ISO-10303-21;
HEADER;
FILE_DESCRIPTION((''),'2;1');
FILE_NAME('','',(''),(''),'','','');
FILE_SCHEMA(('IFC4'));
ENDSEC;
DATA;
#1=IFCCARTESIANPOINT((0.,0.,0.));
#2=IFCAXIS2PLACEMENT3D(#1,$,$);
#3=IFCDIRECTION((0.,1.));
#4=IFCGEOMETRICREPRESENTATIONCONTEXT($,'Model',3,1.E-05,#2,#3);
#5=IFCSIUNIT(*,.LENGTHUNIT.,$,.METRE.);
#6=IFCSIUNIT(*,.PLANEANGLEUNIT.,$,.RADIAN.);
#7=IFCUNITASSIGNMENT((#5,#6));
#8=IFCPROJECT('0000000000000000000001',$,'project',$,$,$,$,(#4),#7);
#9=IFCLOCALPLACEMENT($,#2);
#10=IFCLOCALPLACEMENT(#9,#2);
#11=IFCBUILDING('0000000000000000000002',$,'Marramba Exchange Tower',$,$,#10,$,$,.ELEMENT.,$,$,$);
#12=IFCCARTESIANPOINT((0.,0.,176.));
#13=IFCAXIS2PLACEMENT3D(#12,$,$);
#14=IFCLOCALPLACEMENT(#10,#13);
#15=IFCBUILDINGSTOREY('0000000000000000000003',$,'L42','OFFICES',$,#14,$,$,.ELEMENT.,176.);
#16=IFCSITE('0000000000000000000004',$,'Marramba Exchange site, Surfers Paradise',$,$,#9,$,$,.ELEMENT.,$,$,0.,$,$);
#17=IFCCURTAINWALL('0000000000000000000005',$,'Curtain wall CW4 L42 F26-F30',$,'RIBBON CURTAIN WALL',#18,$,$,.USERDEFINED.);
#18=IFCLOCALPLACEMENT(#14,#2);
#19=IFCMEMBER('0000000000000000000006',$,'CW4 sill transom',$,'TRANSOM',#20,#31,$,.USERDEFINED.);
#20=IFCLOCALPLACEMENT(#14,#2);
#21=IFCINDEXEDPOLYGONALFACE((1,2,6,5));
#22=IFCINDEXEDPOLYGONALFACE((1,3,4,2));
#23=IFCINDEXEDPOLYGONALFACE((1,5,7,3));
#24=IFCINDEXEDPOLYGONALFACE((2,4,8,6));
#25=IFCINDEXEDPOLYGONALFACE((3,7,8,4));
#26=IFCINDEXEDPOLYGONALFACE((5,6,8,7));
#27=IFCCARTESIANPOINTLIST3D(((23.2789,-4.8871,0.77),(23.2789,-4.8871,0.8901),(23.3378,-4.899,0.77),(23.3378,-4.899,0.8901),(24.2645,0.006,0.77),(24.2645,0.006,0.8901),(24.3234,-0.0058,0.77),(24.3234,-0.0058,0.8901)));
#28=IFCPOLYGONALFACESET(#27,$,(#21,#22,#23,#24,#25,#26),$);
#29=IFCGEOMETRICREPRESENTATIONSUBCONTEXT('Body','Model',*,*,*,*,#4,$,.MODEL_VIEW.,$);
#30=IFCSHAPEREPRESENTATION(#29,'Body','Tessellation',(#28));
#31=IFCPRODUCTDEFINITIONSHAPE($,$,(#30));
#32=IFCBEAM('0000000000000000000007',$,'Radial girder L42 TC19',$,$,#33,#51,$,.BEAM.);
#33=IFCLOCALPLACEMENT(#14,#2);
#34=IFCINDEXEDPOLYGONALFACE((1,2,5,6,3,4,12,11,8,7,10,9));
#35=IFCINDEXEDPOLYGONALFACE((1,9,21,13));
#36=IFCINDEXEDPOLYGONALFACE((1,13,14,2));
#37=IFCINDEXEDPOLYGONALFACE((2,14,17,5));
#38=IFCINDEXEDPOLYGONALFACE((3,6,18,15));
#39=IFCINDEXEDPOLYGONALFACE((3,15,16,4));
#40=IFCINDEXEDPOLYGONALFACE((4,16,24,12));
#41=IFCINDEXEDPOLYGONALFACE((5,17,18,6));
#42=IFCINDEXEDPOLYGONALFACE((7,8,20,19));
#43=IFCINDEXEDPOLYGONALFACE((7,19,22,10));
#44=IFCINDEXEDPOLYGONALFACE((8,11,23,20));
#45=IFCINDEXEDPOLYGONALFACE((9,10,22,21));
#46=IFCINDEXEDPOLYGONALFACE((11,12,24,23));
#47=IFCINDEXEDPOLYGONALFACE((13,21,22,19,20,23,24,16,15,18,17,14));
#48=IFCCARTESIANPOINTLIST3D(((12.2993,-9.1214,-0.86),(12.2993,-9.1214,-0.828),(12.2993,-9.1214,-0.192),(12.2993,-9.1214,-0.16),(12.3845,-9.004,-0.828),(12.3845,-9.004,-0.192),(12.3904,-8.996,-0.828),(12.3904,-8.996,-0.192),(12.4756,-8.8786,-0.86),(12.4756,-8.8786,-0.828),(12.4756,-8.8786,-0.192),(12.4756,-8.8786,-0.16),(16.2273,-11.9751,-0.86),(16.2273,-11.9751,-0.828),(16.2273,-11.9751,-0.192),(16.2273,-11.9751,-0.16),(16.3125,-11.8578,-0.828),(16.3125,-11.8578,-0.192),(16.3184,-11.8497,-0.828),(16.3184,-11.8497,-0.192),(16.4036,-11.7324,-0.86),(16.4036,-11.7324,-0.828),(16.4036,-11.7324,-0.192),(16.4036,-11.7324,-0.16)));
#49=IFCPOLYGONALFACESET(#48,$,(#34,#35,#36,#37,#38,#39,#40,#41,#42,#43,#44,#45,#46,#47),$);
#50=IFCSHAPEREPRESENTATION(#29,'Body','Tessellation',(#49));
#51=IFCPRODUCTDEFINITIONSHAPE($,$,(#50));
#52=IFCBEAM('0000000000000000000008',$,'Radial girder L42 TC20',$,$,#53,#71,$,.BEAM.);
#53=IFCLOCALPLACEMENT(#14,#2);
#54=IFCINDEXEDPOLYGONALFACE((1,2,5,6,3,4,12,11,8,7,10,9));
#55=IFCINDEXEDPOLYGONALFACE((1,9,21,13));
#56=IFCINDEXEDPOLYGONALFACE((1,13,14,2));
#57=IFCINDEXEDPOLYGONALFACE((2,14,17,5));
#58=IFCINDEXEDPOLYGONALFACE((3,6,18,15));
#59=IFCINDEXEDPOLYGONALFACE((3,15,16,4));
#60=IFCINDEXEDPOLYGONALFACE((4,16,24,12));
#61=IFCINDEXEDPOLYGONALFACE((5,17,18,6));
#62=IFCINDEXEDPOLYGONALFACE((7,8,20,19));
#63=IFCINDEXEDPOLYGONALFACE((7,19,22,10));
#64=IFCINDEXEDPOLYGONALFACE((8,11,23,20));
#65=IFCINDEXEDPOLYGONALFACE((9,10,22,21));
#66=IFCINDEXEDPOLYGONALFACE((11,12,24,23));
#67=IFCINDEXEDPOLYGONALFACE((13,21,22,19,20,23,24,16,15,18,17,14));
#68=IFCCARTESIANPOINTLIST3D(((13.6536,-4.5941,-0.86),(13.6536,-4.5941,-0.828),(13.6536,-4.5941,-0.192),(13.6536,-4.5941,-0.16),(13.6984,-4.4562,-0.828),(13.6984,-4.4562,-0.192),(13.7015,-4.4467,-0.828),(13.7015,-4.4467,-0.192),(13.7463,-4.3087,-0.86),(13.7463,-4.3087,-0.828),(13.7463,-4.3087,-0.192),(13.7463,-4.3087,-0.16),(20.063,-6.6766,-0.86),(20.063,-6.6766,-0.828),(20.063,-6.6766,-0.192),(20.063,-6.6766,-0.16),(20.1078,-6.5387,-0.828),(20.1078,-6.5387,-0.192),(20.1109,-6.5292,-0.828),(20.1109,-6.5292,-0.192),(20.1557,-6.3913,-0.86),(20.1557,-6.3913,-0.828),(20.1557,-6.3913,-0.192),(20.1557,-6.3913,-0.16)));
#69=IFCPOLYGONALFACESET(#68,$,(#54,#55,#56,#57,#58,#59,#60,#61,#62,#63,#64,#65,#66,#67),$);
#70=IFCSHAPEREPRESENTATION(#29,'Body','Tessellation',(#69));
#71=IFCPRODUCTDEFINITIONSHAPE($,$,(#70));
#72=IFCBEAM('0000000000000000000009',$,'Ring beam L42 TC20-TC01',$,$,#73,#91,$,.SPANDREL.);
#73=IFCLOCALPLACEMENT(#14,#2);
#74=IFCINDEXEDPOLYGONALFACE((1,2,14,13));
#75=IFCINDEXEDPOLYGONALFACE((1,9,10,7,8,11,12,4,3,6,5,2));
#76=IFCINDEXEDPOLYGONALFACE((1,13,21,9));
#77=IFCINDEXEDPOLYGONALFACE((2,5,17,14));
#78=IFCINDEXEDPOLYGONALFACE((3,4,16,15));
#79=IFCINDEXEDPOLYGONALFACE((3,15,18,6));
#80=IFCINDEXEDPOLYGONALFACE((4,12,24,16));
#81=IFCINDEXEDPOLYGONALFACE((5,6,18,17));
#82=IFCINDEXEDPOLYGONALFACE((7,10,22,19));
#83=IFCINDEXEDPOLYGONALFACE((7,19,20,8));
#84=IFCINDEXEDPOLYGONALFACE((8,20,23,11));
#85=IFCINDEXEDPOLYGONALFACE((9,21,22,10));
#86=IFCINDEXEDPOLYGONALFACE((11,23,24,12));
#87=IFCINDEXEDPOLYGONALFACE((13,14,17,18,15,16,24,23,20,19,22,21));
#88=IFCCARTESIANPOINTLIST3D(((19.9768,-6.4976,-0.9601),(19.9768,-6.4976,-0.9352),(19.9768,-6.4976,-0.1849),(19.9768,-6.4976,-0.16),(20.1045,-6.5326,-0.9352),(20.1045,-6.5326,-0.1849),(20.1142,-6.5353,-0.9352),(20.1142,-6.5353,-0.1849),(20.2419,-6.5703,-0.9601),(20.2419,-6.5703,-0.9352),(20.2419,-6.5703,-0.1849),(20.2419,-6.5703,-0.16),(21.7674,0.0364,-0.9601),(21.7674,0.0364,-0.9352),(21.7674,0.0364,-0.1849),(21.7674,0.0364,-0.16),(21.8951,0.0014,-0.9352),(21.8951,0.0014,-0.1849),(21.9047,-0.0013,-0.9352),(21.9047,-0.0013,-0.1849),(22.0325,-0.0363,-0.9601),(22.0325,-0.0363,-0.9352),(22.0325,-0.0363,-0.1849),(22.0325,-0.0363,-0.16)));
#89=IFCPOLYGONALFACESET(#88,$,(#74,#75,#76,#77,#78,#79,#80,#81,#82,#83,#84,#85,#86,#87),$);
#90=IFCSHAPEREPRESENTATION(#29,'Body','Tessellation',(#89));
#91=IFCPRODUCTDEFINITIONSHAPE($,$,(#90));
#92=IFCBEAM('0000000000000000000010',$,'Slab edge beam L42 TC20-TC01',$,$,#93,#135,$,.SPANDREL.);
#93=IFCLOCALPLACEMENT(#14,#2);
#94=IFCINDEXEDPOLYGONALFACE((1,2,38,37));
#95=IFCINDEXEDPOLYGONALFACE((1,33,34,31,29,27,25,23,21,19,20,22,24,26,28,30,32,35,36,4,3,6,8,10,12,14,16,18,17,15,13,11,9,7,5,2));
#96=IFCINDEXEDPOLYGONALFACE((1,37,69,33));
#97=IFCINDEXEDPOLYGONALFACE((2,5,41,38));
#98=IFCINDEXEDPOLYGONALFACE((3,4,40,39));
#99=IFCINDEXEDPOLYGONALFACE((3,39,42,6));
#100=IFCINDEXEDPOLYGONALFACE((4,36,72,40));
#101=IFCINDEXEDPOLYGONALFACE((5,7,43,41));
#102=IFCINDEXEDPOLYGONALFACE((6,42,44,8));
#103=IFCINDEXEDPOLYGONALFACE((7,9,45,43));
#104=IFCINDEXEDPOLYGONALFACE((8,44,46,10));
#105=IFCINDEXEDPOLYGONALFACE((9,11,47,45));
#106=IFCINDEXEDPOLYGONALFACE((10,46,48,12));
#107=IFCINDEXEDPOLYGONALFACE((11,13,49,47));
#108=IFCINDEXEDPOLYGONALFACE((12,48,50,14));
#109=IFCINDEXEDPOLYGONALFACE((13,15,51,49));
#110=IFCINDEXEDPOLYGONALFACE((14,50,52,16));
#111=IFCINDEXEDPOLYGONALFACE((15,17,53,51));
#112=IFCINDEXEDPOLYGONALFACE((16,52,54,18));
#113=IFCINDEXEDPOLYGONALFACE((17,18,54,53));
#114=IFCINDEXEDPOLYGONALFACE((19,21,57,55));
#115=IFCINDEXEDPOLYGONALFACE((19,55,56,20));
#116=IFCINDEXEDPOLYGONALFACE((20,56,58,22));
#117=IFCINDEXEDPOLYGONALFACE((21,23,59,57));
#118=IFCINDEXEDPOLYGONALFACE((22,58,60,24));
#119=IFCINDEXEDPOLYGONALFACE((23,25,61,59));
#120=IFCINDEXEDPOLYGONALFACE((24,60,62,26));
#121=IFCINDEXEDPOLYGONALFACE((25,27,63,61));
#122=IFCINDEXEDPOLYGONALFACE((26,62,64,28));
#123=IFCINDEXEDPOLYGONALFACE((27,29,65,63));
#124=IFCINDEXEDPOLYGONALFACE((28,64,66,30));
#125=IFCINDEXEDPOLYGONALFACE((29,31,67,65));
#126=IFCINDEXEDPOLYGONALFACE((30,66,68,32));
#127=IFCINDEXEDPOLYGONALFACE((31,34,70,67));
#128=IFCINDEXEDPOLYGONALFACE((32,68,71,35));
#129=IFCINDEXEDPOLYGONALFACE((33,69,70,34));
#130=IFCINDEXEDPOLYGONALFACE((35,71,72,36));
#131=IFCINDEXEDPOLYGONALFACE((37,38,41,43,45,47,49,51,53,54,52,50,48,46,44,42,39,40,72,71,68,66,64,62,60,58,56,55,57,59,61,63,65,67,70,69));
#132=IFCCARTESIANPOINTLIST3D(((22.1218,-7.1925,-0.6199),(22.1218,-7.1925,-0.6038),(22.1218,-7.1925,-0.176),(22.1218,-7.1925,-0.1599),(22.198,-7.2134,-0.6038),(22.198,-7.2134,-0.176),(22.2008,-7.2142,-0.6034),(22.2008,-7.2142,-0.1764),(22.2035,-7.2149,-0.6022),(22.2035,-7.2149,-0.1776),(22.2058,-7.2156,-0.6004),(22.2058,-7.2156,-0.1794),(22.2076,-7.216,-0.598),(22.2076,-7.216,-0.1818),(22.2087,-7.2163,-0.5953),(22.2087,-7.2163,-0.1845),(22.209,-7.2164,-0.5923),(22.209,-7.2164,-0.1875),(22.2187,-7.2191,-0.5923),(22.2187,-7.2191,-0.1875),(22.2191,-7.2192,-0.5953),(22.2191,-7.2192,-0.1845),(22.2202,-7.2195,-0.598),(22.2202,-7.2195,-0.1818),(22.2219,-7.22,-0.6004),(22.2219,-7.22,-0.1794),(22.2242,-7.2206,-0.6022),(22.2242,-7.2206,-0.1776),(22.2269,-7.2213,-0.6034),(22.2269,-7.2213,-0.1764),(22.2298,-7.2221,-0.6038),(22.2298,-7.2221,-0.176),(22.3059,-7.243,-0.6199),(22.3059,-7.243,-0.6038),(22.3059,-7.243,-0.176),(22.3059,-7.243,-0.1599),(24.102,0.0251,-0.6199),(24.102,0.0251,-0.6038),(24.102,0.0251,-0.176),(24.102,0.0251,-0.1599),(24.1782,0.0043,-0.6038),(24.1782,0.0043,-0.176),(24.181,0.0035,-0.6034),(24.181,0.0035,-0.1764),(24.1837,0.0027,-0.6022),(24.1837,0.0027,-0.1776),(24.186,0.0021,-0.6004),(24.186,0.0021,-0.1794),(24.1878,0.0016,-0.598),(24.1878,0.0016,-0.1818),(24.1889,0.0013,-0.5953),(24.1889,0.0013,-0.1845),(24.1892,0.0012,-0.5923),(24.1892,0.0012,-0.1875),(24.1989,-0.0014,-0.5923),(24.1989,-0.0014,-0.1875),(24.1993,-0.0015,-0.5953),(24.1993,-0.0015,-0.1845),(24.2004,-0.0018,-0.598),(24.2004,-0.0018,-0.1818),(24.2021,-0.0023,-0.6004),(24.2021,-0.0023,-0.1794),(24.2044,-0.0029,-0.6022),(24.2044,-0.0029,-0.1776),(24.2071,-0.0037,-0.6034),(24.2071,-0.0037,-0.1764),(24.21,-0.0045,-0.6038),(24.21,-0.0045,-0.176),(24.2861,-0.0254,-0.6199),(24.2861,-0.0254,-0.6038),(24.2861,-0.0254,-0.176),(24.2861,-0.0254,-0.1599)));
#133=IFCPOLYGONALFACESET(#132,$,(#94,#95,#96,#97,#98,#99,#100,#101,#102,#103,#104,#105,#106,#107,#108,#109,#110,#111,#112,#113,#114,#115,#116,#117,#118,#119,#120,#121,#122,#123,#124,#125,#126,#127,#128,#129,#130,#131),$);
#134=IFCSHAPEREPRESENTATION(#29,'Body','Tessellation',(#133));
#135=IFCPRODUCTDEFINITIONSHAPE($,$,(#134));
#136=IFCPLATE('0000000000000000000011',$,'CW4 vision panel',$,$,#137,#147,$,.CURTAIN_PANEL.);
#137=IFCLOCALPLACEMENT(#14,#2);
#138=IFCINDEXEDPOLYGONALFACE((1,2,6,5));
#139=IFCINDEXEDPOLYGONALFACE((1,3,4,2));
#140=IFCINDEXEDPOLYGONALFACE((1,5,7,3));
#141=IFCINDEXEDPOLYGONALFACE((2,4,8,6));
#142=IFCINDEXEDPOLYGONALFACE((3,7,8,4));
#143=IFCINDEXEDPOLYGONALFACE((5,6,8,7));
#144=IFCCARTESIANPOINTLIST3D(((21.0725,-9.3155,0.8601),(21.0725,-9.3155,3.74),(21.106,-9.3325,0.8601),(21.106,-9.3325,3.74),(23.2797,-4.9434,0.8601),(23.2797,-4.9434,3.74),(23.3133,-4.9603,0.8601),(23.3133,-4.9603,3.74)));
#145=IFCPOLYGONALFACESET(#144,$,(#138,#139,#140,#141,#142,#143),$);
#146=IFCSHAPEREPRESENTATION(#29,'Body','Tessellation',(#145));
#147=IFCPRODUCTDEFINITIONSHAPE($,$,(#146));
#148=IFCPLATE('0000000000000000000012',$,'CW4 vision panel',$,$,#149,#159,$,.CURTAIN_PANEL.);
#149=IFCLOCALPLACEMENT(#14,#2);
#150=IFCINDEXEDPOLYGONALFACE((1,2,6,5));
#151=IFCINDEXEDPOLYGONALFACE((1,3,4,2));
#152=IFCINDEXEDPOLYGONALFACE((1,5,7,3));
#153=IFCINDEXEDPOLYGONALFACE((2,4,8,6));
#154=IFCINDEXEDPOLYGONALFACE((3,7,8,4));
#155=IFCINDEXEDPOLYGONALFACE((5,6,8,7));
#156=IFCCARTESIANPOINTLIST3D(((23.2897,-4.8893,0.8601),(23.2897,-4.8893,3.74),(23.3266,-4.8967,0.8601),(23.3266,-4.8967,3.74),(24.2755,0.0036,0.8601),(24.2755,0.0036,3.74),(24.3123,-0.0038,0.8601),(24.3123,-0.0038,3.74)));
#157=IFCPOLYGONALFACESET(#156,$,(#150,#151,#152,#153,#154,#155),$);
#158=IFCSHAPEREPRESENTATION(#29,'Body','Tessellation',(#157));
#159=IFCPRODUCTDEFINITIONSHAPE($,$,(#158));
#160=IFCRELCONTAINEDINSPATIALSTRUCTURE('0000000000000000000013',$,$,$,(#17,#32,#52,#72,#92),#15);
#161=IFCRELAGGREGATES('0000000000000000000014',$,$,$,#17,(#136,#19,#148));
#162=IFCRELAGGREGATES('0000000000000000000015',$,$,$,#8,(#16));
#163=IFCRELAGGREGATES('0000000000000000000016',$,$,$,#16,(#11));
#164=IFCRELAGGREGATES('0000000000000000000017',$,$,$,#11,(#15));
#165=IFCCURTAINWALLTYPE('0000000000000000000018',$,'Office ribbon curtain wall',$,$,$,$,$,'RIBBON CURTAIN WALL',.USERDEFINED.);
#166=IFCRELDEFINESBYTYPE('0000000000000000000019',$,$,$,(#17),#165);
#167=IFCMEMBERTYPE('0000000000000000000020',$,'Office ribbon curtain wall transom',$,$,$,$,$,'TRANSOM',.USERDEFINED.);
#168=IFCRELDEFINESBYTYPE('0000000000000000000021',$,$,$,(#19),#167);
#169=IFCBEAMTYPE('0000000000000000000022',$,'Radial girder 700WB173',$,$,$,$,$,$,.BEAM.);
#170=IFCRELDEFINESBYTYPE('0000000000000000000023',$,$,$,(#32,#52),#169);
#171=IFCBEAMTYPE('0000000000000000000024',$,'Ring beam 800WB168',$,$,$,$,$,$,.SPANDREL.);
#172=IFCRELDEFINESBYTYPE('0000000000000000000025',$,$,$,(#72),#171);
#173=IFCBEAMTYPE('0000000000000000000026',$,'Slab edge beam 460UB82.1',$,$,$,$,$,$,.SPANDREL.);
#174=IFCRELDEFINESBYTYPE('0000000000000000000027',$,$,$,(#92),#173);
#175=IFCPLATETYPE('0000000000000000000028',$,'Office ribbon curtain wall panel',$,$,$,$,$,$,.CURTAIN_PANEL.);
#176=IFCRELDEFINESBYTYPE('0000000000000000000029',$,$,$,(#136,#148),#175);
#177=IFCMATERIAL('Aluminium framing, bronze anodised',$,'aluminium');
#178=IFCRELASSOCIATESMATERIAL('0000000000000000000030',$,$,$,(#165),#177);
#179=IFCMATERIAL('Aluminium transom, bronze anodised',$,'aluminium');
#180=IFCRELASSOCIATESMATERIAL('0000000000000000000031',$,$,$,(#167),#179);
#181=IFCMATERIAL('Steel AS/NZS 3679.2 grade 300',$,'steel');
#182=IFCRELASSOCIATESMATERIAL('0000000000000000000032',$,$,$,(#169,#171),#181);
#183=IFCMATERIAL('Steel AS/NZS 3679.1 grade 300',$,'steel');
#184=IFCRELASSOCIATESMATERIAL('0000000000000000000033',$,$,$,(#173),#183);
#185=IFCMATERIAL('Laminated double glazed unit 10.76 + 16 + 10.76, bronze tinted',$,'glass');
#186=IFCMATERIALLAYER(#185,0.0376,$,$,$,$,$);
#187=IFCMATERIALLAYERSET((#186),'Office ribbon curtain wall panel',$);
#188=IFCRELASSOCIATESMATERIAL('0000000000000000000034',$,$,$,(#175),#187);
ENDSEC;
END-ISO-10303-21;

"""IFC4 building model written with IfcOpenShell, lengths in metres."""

from ifc_helpers import new_model, si_unit, direction, frame, origin, origin_2d, place, context, subcontext, project, spatial, rectangle, i_section, extrude, material, layer, layer_set, material_profile, profile_set, type_object, element, aggregate, save


model = new_model("IFC4")

# Units and contexts
model_context = context("Model", 3, precision=1e-05, world=origin(), true_north=direction((0.0, 1.0)))
body_context = subcontext(model_context, "Body", "Model", "MODEL_VIEW")
ifc_project = project(units=[si_unit("LENGTHUNIT", "METRE"), si_unit("PLANEANGLEUNIT", "RADIAN")], contexts=[model_context])

# Site, building, storey
site_placement = place(None, origin())
site = spatial("IfcSite", under=ifc_project, at=site_placement, Name="Marramba Exchange site, Surfers Paradise", CompositionType="ELEMENT", RefElevation=0.0)
building_placement = place(site_placement, origin())
building = spatial("IfcBuilding", under=site, at=building_placement, Name="Marramba Exchange Tower", CompositionType="ELEMENT")
storey_placement = place(building_placement, frame((0.0, 0.0, 176.0)))
storey = spatial("IfcBuildingStorey", under=building, at=storey_placement, Name="L42", Description="OFFICES", CompositionType="ELEMENT", Elevation=176.0)

# Shared definitions
ifc_material_1 = material(Name="Steel AS/NZS 3679.2 grade 300", Category="steel")
ifc_material_2 = material(Name="Steel AS/NZS 3679.1 grade 300", Category="steel")

# Curtain wall, member
ifc_material_3 = material(Name="Aluminium framing, bronze anodised", Category="aluminium")
curtain_wall_type = type_object("IfcCurtainWallType", Name="Office ribbon curtain wall", ElementType="RIBBON CURTAIN WALL", PredefinedType="USERDEFINED", material=ifc_material_3)
curtain_wall_placement = place(storey_placement, origin())
curtain_wall = element("IfcCurtainWall", 1, at=curtain_wall_placement, inside=storey, type_object=curtain_wall_type, Name="Curtain wall CW4 L42 F26-F30", ObjectType="RIBBON CURTAIN WALL", PredefinedType="USERDEFINED")
ifc_material_4 = material(Name="Aluminium transom, bronze anodised", Category="aluminium")
ifc_material_profile_1 = material_profile(ifc_material_4, rectangle(XDim=0.0601, YDim=0.1201, at=origin_2d()), Name="CW4 transom 60x120")
ifc_profile_set_1 = profile_set([ifc_material_profile_1], Name="Aluminium transom, bronze anodised")
member_type_1 = type_object("IfcMemberType", Name="Office ribbon curtain wall transom", ElementType="TRANSOM", PredefinedType="USERDEFINED", material=ifc_profile_set_1)
member_1_placement = place(storey_placement, frame((23.3083, -4.8931, 0.8301), z_axis=(0.197461, 0.980311, 0.0), x_axis=(-0.980311, 0.197461, 0.0)))
member_1 = element("IfcMember", 2, at=member_1_placement, type_object=member_type_1, Name="CW4 sill transom", ObjectType="TRANSOM", PredefinedType="USERDEFINED", context=body_context, shape_type="SweptSolid", body=[
    extrude(rectangle(XDim=0.0601, YDim=0.1201, at=origin_2d()), origin(), (0.0, 0.0, 1.0), 4.9915),
])

# Beams
ifc_material_profile_2 = material_profile(ifc_material_1, i_section(OverallWidth=0.3, OverallDepth=0.7, WebThickness=0.01, FlangeThickness=0.032, at=origin_2d()), Name="700WB173")
ifc_profile_set_2 = profile_set([ifc_material_profile_2], Name="Steel AS/NZS 3679.2 grade 300")
beam_type_1 = type_object("IfcBeamType", Name="Radial girder 700WB173", PredefinedType="BEAM", material=ifc_profile_set_2)
beam_1_placement = place(storey_placement, frame((12.3875, -9.0, -0.51), z_axis=(0.809025, -0.587774, 0.0), x_axis=(0.587774, 0.809025, 0.0)))
element("IfcBeam", 3, at=beam_1_placement, inside=storey, type_object=beam_type_1, Name="Radial girder L42 TC19", PredefinedType="BEAM", context=body_context, shape_type="SweptSolid", body=[
    extrude(i_section(OverallWidth=0.3, OverallDepth=0.7, WebThickness=0.01, FlangeThickness=0.032, at=origin_2d()), origin(), (0.0, 0.0, 1.0), 4.8552),
])
beam_2_placement = place(storey_placement, frame((13.7, -4.4514, -0.51), z_axis=(0.951058, -0.309013, 0.0), x_axis=(0.309013, 0.951058, 0.0)))
element("IfcBeam", 4, at=beam_2_placement, inside=storey, type_object=beam_type_1, Name="Radial girder L42 TC20", PredefinedType="BEAM", context=body_context, shape_type="SweptSolid", body=[
    extrude(i_section(OverallWidth=0.3, OverallDepth=0.7, WebThickness=0.01, FlangeThickness=0.032, at=origin_2d()), origin(), (0.0, 0.0, 1.0), 6.7393),
])
ifc_material_profile_3 = material_profile(ifc_material_1, i_section(OverallWidth=0.2749, OverallDepth=0.8, WebThickness=0.01, FlangeThickness=0.0249, at=origin_2d()), Name="800WB168")
ifc_profile_set_3 = profile_set([ifc_material_profile_3], Name="Steel AS/NZS 3679.2 grade 300")
beam_type_2 = type_object("IfcBeamType", Name="Ring beam 800WB168", PredefinedType="SPANDREL", material=ifc_profile_set_3)
beam_3_placement = place(storey_placement, frame((20.1094, -6.5339, -0.5601), z_axis=(0.264291, 0.964443, 0.0), x_axis=(-0.964443, 0.264291, 0.0)))
element("IfcBeam", 5, at=beam_3_placement, inside=storey, type_object=beam_type_2, Name="Ring beam L42 TC20-TC01", PredefinedType="SPANDREL", context=body_context, shape_type="SweptSolid", body=[
    extrude(i_section(OverallWidth=0.2749, OverallDepth=0.8, WebThickness=0.01, FlangeThickness=0.0249, at=origin_2d()), origin(), (0.0, 0.0, 1.0), 6.7749),
])
ifc_material_profile_4 = material_profile(ifc_material_2, i_section(OverallWidth=0.1909, OverallDepth=0.46, WebThickness=0.01, FlangeThickness=0.0161, FilletRadius=0.0115, at=origin_2d()), Name="460UB82.1")
ifc_profile_set_4 = profile_set([ifc_material_profile_4], Name="Steel AS/NZS 3679.1 grade 300")
beam_type_3 = type_object("IfcBeamType", Name="Slab edge beam 460UB82.1", PredefinedType="SPANDREL", material=ifc_profile_set_4)
beam_4_placement = place(storey_placement, frame((22.2139, -7.2178, -0.3899), z_axis=(0.264577, 0.964365, 0.0), x_axis=(-0.964365, 0.264577, 0.0)))
element("IfcBeam", 6, at=beam_4_placement, inside=storey, type_object=beam_type_3, Name="Slab edge beam L42 TC20-TC01", PredefinedType="SPANDREL", context=body_context, shape_type="SweptSolid", body=[
    extrude(i_section(OverallWidth=0.1909, OverallDepth=0.46, WebThickness=0.01, FlangeThickness=0.0161, FilletRadius=0.0115, at=origin_2d()), origin(), (0.0, 0.0, 1.0), 7.4844),
])

# Plates
ifc_material_5 = material(Name="Laminated double glazed unit 10.76 + 16 + 10.76, bronze tinted", Category="glass")
ifc_layer_1 = layer(ifc_material_5, 0.0376)
ifc_layer_set_1 = layer_set([ifc_layer_1], Name="Office ribbon curtain wall panel")
plate_type = type_object("IfcPlateType", Name="Office ribbon curtain wall panel", PredefinedType="CURTAIN_PANEL", material=ifc_layer_set_1)
plate_1_placement = place(storey_placement, frame((22.1929, -7.1379, 0.8601), z_axis=(0.0, 0.0, 1.0), x_axis=(0.450673, 0.892689, 0.0)))
plate_1 = element("IfcPlate", 7, at=plate_1_placement, type_object=plate_type, Name="CW4 vision panel", PredefinedType="CURTAIN_PANEL", context=body_context, shape_type="SweptSolid", body=[
    extrude(rectangle(XDim=4.8977, YDim=0.0376, at=origin_2d()), origin(), (0.0, 0.0, 1.0), 2.8799),
])
plate_2_placement = place(storey_placement, frame((23.801, -2.4465, 0.8601), z_axis=(0.0, 0.0, 1.0), x_axis=(0.197495, 0.980304, 0.0)))
plate_2 = element("IfcPlate", 8, at=plate_2_placement, type_object=plate_type, Name="CW4 vision panel", PredefinedType="CURTAIN_PANEL", context=body_context, shape_type="SweptSolid", body=[
    extrude(rectangle(XDim=4.9912, YDim=0.0376, at=origin_2d()), origin(), (0.0, 0.0, 1.0), 2.8799),
])
aggregate(curtain_wall, [plate_1, member_1, plate_2])

save(model, "model.ifc")
